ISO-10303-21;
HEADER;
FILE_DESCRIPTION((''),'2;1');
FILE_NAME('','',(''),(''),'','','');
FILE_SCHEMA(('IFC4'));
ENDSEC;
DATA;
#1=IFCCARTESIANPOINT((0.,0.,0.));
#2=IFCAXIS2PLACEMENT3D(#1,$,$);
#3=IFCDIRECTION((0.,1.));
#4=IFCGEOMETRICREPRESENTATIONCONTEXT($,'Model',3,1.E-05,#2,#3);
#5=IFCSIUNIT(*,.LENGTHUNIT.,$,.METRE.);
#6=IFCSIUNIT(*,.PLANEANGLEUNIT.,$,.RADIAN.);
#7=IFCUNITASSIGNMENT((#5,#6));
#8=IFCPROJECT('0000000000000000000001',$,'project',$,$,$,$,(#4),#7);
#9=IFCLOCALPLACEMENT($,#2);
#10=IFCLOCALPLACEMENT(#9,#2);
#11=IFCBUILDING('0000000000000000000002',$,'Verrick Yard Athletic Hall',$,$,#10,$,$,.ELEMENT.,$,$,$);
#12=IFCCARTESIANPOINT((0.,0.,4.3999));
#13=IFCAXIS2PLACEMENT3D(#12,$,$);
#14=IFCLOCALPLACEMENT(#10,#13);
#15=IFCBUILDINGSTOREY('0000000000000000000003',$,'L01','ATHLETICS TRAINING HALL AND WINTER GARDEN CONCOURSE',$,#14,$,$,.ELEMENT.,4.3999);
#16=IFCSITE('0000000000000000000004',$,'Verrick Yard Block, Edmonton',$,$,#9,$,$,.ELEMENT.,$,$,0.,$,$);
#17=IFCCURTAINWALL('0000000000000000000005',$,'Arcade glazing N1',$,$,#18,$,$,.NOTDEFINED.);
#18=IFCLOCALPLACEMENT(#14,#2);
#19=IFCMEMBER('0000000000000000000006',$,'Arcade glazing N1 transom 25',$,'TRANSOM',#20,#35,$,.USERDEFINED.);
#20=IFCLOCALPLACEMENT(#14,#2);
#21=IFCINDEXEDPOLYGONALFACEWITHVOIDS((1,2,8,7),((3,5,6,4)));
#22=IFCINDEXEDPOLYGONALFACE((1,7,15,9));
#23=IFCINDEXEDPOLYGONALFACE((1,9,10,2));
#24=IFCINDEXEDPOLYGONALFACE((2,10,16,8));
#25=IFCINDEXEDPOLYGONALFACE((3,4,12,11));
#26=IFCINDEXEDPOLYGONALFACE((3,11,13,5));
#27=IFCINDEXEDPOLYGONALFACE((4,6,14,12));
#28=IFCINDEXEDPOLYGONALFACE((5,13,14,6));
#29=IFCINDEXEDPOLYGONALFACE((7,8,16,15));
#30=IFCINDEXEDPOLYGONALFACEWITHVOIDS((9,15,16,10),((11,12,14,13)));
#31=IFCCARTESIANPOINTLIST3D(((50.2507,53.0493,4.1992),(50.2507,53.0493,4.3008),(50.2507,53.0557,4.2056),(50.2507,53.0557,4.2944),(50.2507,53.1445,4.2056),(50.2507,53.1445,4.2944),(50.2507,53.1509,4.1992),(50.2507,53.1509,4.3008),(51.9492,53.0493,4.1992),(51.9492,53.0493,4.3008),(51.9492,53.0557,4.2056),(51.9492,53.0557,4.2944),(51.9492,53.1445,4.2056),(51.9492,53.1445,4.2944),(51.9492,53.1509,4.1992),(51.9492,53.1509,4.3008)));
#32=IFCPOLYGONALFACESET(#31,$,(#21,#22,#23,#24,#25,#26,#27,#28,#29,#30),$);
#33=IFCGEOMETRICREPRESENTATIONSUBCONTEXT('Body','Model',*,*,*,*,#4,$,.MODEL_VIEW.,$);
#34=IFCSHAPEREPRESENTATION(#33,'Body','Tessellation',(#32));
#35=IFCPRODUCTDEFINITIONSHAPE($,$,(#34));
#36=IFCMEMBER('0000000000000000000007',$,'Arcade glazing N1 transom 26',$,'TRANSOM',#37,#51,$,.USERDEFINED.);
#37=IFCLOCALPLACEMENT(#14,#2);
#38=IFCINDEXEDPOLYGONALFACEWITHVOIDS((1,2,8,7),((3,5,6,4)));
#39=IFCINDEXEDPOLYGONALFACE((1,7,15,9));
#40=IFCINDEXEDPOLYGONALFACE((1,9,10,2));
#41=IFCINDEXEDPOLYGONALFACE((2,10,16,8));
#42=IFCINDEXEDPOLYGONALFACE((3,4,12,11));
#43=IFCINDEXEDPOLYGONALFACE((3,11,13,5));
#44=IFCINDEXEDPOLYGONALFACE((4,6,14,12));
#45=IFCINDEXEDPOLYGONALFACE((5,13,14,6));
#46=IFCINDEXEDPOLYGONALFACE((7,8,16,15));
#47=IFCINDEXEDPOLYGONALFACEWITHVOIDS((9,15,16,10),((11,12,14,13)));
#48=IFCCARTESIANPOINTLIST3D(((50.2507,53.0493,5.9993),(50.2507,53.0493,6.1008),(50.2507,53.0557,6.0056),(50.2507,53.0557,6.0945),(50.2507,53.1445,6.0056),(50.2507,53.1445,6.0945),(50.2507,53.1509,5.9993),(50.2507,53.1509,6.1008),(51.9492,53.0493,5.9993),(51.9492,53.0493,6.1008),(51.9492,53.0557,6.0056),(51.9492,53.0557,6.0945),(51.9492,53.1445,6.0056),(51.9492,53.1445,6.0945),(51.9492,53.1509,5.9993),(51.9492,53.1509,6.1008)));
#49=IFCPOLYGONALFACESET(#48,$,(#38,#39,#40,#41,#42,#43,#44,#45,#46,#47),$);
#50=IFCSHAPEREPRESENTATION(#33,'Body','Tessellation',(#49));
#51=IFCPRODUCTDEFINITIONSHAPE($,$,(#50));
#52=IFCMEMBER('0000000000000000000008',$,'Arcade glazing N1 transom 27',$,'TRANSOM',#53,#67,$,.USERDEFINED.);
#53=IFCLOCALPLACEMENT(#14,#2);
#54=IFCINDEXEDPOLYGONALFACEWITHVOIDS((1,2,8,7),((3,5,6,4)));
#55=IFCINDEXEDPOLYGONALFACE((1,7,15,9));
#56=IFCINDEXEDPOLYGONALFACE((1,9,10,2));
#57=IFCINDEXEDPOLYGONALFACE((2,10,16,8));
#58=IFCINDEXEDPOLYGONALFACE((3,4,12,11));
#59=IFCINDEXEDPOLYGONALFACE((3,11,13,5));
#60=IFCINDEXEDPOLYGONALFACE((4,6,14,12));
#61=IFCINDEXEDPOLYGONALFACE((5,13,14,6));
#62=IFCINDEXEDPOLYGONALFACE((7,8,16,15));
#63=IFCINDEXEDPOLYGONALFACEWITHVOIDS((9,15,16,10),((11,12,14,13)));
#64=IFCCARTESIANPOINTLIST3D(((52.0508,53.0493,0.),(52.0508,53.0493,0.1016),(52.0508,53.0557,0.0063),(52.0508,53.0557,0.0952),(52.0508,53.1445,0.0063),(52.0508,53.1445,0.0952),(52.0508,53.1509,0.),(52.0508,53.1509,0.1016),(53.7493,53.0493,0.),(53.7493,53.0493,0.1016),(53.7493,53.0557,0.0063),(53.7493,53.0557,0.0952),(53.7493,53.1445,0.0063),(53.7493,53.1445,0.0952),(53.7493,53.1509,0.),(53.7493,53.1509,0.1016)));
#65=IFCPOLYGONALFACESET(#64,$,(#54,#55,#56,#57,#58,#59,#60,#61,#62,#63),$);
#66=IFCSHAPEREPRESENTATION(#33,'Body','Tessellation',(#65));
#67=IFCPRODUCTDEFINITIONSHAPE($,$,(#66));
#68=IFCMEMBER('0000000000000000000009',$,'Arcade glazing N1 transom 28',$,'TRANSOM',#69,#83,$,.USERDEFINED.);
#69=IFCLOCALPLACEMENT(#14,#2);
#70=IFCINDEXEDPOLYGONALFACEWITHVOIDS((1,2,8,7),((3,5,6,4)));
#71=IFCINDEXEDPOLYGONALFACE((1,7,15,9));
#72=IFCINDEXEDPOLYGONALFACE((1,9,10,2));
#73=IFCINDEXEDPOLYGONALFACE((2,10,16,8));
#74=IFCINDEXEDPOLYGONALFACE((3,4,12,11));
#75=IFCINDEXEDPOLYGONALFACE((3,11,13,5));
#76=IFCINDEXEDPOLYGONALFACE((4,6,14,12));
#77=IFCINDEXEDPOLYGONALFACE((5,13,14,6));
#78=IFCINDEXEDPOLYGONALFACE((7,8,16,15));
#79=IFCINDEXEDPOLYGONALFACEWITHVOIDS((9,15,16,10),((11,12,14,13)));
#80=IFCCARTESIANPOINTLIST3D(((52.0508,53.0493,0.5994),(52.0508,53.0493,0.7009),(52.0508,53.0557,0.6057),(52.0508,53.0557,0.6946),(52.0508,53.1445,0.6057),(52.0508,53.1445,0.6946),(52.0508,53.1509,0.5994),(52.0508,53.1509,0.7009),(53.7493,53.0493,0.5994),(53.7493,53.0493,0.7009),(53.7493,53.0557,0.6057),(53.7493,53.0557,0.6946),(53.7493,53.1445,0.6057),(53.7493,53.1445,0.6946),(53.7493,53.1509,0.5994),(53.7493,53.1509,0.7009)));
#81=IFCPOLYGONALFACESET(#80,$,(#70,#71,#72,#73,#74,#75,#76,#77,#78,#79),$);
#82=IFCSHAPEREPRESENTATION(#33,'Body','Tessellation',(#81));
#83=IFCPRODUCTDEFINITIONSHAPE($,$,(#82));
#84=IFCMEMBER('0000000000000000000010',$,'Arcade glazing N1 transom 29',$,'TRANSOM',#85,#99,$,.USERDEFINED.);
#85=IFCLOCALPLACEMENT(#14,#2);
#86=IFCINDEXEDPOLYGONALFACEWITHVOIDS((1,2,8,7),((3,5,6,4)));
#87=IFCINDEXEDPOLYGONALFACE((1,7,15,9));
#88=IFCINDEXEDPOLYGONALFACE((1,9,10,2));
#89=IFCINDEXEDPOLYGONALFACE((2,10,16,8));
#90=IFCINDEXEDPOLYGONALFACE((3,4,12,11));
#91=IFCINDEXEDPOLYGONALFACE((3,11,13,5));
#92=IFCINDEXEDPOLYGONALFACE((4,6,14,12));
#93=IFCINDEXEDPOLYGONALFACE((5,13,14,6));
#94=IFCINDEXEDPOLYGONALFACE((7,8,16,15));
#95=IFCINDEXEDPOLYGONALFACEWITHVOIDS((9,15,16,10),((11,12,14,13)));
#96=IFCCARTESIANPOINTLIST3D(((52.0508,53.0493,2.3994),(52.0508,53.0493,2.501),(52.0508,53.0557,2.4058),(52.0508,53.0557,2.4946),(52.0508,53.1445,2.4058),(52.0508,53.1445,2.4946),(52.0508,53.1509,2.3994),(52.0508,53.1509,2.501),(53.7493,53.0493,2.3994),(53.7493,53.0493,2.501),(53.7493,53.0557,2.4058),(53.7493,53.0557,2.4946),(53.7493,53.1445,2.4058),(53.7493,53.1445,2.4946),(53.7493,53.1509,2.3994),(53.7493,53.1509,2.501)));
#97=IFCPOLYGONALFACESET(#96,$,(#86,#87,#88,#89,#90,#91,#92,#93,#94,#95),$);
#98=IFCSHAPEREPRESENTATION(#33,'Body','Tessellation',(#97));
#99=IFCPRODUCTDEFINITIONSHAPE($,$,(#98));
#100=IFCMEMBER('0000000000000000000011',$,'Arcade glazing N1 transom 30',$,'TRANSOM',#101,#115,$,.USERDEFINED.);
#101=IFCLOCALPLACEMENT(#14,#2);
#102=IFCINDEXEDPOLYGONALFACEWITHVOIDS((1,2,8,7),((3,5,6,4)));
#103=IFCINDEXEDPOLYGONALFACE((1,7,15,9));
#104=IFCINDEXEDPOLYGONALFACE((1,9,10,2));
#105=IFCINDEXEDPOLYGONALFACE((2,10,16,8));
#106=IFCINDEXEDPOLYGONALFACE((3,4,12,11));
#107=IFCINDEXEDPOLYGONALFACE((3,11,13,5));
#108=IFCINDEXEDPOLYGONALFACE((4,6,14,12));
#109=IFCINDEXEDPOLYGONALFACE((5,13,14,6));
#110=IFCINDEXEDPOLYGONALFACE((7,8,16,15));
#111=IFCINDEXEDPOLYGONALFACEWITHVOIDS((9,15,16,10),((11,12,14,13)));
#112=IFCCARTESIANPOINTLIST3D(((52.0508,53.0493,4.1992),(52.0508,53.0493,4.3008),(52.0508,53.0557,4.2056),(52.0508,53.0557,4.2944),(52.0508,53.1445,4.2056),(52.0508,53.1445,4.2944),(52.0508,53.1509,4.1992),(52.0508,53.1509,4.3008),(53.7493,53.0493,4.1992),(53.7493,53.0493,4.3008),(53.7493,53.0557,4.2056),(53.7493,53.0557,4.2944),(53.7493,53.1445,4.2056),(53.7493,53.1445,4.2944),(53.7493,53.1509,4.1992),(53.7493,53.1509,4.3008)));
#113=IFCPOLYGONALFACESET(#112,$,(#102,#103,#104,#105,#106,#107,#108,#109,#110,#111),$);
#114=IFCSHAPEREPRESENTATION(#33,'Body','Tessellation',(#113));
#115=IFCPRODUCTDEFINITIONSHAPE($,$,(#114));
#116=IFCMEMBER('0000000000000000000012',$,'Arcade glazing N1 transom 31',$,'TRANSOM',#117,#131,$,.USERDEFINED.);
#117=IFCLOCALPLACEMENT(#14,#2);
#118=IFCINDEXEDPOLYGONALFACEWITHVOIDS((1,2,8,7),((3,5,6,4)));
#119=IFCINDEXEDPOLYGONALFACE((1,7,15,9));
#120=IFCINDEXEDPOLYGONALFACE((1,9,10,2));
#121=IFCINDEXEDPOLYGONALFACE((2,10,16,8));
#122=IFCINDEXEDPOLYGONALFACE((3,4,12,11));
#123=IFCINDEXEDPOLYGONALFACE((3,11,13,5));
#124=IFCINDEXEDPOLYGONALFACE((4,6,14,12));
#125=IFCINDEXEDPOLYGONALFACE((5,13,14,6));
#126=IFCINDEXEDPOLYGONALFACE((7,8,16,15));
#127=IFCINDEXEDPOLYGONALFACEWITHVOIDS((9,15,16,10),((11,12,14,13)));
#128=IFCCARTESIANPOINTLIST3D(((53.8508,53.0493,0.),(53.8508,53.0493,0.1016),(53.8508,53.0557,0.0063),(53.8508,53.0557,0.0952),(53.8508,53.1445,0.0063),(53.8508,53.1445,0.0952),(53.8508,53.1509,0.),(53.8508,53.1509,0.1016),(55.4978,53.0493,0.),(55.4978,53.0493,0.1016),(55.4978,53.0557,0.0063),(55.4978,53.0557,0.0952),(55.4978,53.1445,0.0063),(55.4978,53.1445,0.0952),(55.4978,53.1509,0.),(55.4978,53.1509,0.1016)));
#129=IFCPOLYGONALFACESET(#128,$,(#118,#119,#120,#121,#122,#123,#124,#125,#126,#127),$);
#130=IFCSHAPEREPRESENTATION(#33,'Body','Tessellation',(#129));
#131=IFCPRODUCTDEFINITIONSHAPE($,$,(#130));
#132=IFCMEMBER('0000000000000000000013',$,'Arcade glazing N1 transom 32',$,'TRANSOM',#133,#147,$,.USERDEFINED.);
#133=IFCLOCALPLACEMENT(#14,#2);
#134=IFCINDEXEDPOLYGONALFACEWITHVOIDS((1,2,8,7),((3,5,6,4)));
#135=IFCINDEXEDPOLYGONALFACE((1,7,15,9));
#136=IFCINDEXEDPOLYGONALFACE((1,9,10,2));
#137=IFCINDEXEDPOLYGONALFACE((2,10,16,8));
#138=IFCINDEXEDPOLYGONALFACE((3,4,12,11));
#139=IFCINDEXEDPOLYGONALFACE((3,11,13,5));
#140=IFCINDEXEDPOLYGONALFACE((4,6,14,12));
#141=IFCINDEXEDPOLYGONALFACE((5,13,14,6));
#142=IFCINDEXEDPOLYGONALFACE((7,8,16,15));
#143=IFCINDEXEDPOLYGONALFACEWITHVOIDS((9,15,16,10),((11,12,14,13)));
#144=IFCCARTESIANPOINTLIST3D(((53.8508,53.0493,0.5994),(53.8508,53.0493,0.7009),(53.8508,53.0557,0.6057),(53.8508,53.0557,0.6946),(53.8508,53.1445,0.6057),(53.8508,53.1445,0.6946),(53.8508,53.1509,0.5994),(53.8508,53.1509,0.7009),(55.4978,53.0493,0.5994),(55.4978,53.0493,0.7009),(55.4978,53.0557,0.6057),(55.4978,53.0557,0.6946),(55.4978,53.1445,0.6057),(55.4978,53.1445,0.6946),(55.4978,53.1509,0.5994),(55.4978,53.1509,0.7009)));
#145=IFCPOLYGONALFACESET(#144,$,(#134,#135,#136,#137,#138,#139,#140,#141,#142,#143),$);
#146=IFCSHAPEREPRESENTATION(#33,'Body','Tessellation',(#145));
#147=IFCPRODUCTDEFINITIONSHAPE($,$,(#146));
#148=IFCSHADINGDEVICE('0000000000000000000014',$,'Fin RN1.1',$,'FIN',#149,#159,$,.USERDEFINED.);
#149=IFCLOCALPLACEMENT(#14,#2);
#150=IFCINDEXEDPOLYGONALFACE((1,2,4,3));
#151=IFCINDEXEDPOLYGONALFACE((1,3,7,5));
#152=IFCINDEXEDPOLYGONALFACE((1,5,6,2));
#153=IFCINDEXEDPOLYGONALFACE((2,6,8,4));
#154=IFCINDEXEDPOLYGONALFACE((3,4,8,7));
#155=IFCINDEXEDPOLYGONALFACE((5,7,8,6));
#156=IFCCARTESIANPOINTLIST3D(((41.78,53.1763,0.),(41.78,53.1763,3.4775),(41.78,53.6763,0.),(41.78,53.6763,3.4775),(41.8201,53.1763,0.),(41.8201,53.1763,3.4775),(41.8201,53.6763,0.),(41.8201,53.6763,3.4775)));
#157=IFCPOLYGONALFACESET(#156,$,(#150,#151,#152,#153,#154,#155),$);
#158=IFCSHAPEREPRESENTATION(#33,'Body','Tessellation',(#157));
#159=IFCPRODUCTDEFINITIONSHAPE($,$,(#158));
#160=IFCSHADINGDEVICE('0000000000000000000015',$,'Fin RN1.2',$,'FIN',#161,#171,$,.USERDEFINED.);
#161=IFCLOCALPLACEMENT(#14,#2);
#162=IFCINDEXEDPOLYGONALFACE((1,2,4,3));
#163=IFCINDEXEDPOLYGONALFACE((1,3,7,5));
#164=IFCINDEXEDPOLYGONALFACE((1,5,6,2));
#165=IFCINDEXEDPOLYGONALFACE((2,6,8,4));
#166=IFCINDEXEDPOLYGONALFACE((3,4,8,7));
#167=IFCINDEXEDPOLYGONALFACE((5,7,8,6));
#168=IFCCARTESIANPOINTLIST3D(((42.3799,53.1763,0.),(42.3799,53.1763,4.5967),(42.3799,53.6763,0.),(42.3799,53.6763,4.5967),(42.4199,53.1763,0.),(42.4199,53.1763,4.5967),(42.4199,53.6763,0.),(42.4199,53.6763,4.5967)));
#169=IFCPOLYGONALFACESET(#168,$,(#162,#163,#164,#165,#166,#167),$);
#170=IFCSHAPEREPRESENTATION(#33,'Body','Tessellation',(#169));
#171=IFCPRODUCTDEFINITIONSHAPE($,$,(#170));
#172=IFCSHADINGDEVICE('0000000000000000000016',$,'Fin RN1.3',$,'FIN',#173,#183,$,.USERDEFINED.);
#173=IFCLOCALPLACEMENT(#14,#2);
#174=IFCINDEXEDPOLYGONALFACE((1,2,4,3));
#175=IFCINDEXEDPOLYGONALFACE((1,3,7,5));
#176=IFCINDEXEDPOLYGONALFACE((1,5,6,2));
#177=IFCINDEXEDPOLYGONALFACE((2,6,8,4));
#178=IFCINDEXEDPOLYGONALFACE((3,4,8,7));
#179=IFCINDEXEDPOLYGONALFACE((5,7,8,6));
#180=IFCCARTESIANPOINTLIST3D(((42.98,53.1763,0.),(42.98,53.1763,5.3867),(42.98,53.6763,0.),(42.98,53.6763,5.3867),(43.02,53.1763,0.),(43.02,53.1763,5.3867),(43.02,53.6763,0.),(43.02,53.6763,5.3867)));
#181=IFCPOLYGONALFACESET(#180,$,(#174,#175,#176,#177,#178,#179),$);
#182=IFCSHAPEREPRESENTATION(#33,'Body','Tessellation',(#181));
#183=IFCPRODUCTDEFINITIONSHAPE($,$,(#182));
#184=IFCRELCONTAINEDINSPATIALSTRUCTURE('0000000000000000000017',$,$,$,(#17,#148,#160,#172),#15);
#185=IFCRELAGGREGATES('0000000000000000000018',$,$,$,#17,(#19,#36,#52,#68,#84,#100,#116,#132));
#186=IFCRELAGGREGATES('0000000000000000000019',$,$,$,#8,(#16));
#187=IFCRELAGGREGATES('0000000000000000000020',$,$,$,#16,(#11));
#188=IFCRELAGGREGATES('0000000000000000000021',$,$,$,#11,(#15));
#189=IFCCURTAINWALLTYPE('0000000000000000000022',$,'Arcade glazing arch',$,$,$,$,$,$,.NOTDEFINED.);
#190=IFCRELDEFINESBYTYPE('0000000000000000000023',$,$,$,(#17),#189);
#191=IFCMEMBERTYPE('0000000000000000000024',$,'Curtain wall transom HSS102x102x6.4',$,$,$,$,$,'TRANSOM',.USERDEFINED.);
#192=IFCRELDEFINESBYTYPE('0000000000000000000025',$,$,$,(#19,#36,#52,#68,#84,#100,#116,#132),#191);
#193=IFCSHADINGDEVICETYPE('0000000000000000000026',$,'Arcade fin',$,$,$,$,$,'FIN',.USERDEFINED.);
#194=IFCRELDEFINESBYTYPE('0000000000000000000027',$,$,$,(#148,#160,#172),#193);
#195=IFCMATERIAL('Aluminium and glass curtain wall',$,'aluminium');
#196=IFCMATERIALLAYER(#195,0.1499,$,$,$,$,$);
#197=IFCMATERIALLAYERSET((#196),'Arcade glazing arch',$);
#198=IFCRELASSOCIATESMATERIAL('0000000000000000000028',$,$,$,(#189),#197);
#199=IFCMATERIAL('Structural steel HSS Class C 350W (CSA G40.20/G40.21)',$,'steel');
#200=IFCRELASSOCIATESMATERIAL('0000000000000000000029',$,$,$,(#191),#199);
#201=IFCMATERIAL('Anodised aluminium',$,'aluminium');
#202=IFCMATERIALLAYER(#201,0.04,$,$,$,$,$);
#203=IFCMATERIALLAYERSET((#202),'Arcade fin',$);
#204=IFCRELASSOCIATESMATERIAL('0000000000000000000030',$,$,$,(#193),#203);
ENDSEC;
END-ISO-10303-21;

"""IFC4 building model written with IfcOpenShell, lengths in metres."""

from ifc_helpers import new_model, si_unit, direction, frame, origin, origin_2d, place, context, subcontext, project, spatial, polyline, hollow_rectangle, outline, extrude, material, layer, layer_set, material_profile, profile_set, type_object, element, aggregate, save


model = new_model("IFC4")

# Units and contexts
model_context = context("Model", 3, precision=1e-05, world=origin(), true_north=direction((0.0, 1.0)))
body_context = subcontext(model_context, "Body", "Model", "MODEL_VIEW")
ifc_project = project(units=[si_unit("LENGTHUNIT", "METRE"), si_unit("PLANEANGLEUNIT", "RADIAN")], contexts=[model_context])

# Site, building, storey
site_placement = place(None, origin())
site = spatial("IfcSite", under=ifc_project, at=site_placement, Name="Verrick Yard Block, Edmonton", CompositionType="ELEMENT", RefElevation=0.0)
building_placement = place(site_placement, origin())
building = spatial("IfcBuilding", under=site, at=building_placement, Name="Verrick Yard Athletic Hall", CompositionType="ELEMENT")
storey_placement = place(building_placement, frame((0.0, 0.0, 4.3999)))
storey = spatial("IfcBuildingStorey", under=building, at=storey_placement, Name="L01", Description="ATHLETICS TRAINING HALL AND WINTER GARDEN CONCOURSE", CompositionType="ELEMENT", Elevation=4.3999)

# Curtain wall, members
ifc_material_1 = material(Name="Aluminium and glass curtain wall", Category="aluminium")
ifc_layer_1 = layer(ifc_material_1, 0.1499)
ifc_layer_set_1 = layer_set([ifc_layer_1], Name="Arcade glazing arch")
curtain_wall_type = type_object("IfcCurtainWallType", Name="Arcade glazing arch", PredefinedType="NOTDEFINED", material=ifc_layer_set_1)
curtain_wall_placement = place(storey_placement, origin())
curtain_wall = element("IfcCurtainWall", 1, at=curtain_wall_placement, inside=storey, type_object=curtain_wall_type, Name="Arcade glazing N1", PredefinedType="NOTDEFINED")
ifc_material_2 = material(Name="Structural steel HSS Class C 350W (CSA G40.20/G40.21)", Category="steel")
ifc_material_profile_1 = material_profile(ifc_material_2, hollow_rectangle(XDim=0.1016, YDim=0.1016, WallThickness=0.0063, at=origin_2d()), Name="HSS102x102x6.4")
ifc_profile_set_1 = profile_set([ifc_material_profile_1], Name="Structural steel HSS Class C 350W (CSA G40.20/G40.21)")
member_type_1 = type_object("IfcMemberType", Name="Curtain wall transom HSS102x102x6.4", ElementType="TRANSOM", PredefinedType="USERDEFINED", material=ifc_profile_set_1)
member_1_placement = place(storey_placement, frame((50.2507, 53.1001, 4.25), z_axis=(1.0, 0.0, 0.0), x_axis=(0.0, 1.0, 0.0)))
member_1 = element("IfcMember", 2, at=member_1_placement, type_object=member_type_1, Name="Arcade glazing N1 transom 25", ObjectType="TRANSOM", PredefinedType="USERDEFINED", context=body_context, shape_type="SweptSolid", body=[
    extrude(hollow_rectangle(XDim=0.1016, YDim=0.1016, WallThickness=0.0063, at=origin_2d()), origin(), (0.0, 0.0, 1.0), 1.6985),
])
member_2_placement = place(storey_placement, frame((50.2507, 53.1001, 6.05), z_axis=(1.0, 0.0, 0.0), x_axis=(0.0, 1.0, 0.0)))
member_2 = element("IfcMember", 3, at=member_2_placement, type_object=member_type_1, Name="Arcade glazing N1 transom 26", ObjectType="TRANSOM", PredefinedType="USERDEFINED", context=body_context, shape_type="SweptSolid", body=[
    extrude(hollow_rectangle(XDim=0.1016, YDim=0.1016, WallThickness=0.0063, at=origin_2d()), origin(), (0.0, 0.0, 1.0), 1.6985),
])
member_3_placement = place(storey_placement, frame((52.0508, 53.1001, 0.0508), z_axis=(1.0, 0.0, 0.0), x_axis=(0.0, 1.0, 0.0)))
member_3 = element("IfcMember", 4, at=member_3_placement, type_object=member_type_1, Name="Arcade glazing N1 transom 27", ObjectType="TRANSOM", PredefinedType="USERDEFINED", context=body_context, shape_type="SweptSolid", body=[
    extrude(hollow_rectangle(XDim=0.1016, YDim=0.1016, WallThickness=0.0063, at=origin_2d()), origin(), (0.0, 0.0, 1.0), 1.6985),
])
member_4_placement = place(storey_placement, frame((52.0508, 53.1001, 0.6501), z_axis=(1.0, 0.0, 0.0), x_axis=(0.0, 1.0, 0.0)))
member_4 = element("IfcMember", 5, at=member_4_placement, type_object=member_type_1, Name="Arcade glazing N1 transom 28", ObjectType="TRANSOM", PredefinedType="USERDEFINED", context=body_context, shape_type="SweptSolid", body=[
    extrude(hollow_rectangle(XDim=0.1016, YDim=0.1016, WallThickness=0.0063, at=origin_2d()), origin(), (0.0, 0.0, 1.0), 1.6985),
])
member_5_placement = place(storey_placement, frame((52.0508, 53.1001, 2.4502), z_axis=(1.0, 0.0, 0.0), x_axis=(0.0, 1.0, 0.0)))
member_5 = element("IfcMember", 6, at=member_5_placement, type_object=member_type_1, Name="Arcade glazing N1 transom 29", ObjectType="TRANSOM", PredefinedType="USERDEFINED", context=body_context, shape_type="SweptSolid", body=[
    extrude(hollow_rectangle(XDim=0.1016, YDim=0.1016, WallThickness=0.0063, at=origin_2d()), origin(), (0.0, 0.0, 1.0), 1.6985),
])
member_6_placement = place(storey_placement, frame((52.0508, 53.1001, 4.25), z_axis=(1.0, 0.0, 0.0), x_axis=(0.0, 1.0, 0.0)))
member_6 = element("IfcMember", 7, at=member_6_placement, type_object=member_type_1, Name="Arcade glazing N1 transom 30", ObjectType="TRANSOM", PredefinedType="USERDEFINED", context=body_context, shape_type="SweptSolid", body=[
    extrude(hollow_rectangle(XDim=0.1016, YDim=0.1016, WallThickness=0.0063, at=origin_2d()), origin(), (0.0, 0.0, 1.0), 1.6985),
])
member_7_placement = place(storey_placement, frame((53.8508, 53.1001, 0.0508), z_axis=(1.0, 0.0, 0.0), x_axis=(0.0, 1.0, 0.0)))
member_7 = element("IfcMember", 8, at=member_7_placement, type_object=member_type_1, Name="Arcade glazing N1 transom 31", ObjectType="TRANSOM", PredefinedType="USERDEFINED", context=body_context, shape_type="SweptSolid", body=[
    extrude(hollow_rectangle(XDim=0.1016, YDim=0.1016, WallThickness=0.0063, at=origin_2d()), origin(), (0.0, 0.0, 1.0), 1.647),
])
member_8_placement = place(storey_placement, frame((53.8508, 53.1001, 0.6501), z_axis=(1.0, 0.0, 0.0), x_axis=(0.0, 1.0, 0.0)))
member_8 = element("IfcMember", 9, at=member_8_placement, type_object=member_type_1, Name="Arcade glazing N1 transom 32", ObjectType="TRANSOM", PredefinedType="USERDEFINED", context=body_context, shape_type="SweptSolid", body=[
    extrude(hollow_rectangle(XDim=0.1016, YDim=0.1016, WallThickness=0.0063, at=origin_2d()), origin(), (0.0, 0.0, 1.0), 1.647),
])
aggregate(curtain_wall, [member_1, member_2, member_3, member_4, member_5, member_6, member_7, member_8])

# Shading devices
ifc_material_3 = material(Name="Anodised aluminium", Category="aluminium")
ifc_layer_2 = layer(ifc_material_3, 0.04)
ifc_layer_set_2 = layer_set([ifc_layer_2], Name="Arcade fin")
shading_device_type = type_object("IfcShadingDeviceType", Name="Arcade fin", ElementType="FIN", PredefinedType="USERDEFINED", material=ifc_layer_set_2)
shading_device_1_placement = place(storey_placement, frame((41.8, 53.1763, 0.0), z_axis=(0.0, 0.0, 1.0), x_axis=(0.0, 1.0, 0.0)))
element("IfcShadingDevice", 10, at=shading_device_1_placement, inside=storey, type_object=shading_device_type, Name="Fin RN1.1", ObjectType="FIN", PredefinedType="USERDEFINED", context=body_context, shape_type="SweptSolid", body=[
    extrude(outline(polyline([(0.0, 0.0), (0.5, 0.0), (0.5, 3.4775), (0.0, 3.4775), (0.0, 0.0)])), frame((0.0, 0.02, 0.0), z_axis=(0.0, -1.0, 0.0), x_axis=(1.0, 0.0, 0.0)), (0.0, 0.0, 1.0), 0.04),
])
shading_device_2_placement = place(storey_placement, frame((42.3999, 53.1763, 0.0), z_axis=(0.0, 0.0, 1.0), x_axis=(0.0, 1.0, 0.0)))
element("IfcShadingDevice", 11, at=shading_device_2_placement, inside=storey, type_object=shading_device_type, Name="Fin RN1.2", ObjectType="FIN", PredefinedType="USERDEFINED", context=body_context, shape_type="SweptSolid", body=[
    extrude(outline(polyline([(0.0, 0.0), (0.5, 0.0), (0.5, 4.5967), (0.0, 4.5967), (0.0, 0.0)])), frame((0.0, 0.02, 0.0), z_axis=(0.0, -1.0, 0.0), x_axis=(1.0, 0.0, 0.0)), (0.0, 0.0, 1.0), 0.04),
])
shading_device_3_placement = place(storey_placement, frame((43.0, 53.1763, 0.0), z_axis=(0.0, 0.0, 1.0), x_axis=(0.0, 1.0, 0.0)))
element("IfcShadingDevice", 12, at=shading_device_3_placement, inside=storey, type_object=shading_device_type, Name="Fin RN1.3", ObjectType="FIN", PredefinedType="USERDEFINED", context=body_context, shape_type="SweptSolid", body=[
    extrude(outline(polyline([(0.0, 0.0), (0.5, 0.0), (0.5, 5.3867), (0.0, 5.3867), (0.0, 0.0)])), frame((0.0, 0.02, 0.0), z_axis=(0.0, -1.0, 0.0), x_axis=(1.0, 0.0, 0.0)), (0.0, 0.0, 1.0), 0.04),
])

save(model, "model.ifc")
